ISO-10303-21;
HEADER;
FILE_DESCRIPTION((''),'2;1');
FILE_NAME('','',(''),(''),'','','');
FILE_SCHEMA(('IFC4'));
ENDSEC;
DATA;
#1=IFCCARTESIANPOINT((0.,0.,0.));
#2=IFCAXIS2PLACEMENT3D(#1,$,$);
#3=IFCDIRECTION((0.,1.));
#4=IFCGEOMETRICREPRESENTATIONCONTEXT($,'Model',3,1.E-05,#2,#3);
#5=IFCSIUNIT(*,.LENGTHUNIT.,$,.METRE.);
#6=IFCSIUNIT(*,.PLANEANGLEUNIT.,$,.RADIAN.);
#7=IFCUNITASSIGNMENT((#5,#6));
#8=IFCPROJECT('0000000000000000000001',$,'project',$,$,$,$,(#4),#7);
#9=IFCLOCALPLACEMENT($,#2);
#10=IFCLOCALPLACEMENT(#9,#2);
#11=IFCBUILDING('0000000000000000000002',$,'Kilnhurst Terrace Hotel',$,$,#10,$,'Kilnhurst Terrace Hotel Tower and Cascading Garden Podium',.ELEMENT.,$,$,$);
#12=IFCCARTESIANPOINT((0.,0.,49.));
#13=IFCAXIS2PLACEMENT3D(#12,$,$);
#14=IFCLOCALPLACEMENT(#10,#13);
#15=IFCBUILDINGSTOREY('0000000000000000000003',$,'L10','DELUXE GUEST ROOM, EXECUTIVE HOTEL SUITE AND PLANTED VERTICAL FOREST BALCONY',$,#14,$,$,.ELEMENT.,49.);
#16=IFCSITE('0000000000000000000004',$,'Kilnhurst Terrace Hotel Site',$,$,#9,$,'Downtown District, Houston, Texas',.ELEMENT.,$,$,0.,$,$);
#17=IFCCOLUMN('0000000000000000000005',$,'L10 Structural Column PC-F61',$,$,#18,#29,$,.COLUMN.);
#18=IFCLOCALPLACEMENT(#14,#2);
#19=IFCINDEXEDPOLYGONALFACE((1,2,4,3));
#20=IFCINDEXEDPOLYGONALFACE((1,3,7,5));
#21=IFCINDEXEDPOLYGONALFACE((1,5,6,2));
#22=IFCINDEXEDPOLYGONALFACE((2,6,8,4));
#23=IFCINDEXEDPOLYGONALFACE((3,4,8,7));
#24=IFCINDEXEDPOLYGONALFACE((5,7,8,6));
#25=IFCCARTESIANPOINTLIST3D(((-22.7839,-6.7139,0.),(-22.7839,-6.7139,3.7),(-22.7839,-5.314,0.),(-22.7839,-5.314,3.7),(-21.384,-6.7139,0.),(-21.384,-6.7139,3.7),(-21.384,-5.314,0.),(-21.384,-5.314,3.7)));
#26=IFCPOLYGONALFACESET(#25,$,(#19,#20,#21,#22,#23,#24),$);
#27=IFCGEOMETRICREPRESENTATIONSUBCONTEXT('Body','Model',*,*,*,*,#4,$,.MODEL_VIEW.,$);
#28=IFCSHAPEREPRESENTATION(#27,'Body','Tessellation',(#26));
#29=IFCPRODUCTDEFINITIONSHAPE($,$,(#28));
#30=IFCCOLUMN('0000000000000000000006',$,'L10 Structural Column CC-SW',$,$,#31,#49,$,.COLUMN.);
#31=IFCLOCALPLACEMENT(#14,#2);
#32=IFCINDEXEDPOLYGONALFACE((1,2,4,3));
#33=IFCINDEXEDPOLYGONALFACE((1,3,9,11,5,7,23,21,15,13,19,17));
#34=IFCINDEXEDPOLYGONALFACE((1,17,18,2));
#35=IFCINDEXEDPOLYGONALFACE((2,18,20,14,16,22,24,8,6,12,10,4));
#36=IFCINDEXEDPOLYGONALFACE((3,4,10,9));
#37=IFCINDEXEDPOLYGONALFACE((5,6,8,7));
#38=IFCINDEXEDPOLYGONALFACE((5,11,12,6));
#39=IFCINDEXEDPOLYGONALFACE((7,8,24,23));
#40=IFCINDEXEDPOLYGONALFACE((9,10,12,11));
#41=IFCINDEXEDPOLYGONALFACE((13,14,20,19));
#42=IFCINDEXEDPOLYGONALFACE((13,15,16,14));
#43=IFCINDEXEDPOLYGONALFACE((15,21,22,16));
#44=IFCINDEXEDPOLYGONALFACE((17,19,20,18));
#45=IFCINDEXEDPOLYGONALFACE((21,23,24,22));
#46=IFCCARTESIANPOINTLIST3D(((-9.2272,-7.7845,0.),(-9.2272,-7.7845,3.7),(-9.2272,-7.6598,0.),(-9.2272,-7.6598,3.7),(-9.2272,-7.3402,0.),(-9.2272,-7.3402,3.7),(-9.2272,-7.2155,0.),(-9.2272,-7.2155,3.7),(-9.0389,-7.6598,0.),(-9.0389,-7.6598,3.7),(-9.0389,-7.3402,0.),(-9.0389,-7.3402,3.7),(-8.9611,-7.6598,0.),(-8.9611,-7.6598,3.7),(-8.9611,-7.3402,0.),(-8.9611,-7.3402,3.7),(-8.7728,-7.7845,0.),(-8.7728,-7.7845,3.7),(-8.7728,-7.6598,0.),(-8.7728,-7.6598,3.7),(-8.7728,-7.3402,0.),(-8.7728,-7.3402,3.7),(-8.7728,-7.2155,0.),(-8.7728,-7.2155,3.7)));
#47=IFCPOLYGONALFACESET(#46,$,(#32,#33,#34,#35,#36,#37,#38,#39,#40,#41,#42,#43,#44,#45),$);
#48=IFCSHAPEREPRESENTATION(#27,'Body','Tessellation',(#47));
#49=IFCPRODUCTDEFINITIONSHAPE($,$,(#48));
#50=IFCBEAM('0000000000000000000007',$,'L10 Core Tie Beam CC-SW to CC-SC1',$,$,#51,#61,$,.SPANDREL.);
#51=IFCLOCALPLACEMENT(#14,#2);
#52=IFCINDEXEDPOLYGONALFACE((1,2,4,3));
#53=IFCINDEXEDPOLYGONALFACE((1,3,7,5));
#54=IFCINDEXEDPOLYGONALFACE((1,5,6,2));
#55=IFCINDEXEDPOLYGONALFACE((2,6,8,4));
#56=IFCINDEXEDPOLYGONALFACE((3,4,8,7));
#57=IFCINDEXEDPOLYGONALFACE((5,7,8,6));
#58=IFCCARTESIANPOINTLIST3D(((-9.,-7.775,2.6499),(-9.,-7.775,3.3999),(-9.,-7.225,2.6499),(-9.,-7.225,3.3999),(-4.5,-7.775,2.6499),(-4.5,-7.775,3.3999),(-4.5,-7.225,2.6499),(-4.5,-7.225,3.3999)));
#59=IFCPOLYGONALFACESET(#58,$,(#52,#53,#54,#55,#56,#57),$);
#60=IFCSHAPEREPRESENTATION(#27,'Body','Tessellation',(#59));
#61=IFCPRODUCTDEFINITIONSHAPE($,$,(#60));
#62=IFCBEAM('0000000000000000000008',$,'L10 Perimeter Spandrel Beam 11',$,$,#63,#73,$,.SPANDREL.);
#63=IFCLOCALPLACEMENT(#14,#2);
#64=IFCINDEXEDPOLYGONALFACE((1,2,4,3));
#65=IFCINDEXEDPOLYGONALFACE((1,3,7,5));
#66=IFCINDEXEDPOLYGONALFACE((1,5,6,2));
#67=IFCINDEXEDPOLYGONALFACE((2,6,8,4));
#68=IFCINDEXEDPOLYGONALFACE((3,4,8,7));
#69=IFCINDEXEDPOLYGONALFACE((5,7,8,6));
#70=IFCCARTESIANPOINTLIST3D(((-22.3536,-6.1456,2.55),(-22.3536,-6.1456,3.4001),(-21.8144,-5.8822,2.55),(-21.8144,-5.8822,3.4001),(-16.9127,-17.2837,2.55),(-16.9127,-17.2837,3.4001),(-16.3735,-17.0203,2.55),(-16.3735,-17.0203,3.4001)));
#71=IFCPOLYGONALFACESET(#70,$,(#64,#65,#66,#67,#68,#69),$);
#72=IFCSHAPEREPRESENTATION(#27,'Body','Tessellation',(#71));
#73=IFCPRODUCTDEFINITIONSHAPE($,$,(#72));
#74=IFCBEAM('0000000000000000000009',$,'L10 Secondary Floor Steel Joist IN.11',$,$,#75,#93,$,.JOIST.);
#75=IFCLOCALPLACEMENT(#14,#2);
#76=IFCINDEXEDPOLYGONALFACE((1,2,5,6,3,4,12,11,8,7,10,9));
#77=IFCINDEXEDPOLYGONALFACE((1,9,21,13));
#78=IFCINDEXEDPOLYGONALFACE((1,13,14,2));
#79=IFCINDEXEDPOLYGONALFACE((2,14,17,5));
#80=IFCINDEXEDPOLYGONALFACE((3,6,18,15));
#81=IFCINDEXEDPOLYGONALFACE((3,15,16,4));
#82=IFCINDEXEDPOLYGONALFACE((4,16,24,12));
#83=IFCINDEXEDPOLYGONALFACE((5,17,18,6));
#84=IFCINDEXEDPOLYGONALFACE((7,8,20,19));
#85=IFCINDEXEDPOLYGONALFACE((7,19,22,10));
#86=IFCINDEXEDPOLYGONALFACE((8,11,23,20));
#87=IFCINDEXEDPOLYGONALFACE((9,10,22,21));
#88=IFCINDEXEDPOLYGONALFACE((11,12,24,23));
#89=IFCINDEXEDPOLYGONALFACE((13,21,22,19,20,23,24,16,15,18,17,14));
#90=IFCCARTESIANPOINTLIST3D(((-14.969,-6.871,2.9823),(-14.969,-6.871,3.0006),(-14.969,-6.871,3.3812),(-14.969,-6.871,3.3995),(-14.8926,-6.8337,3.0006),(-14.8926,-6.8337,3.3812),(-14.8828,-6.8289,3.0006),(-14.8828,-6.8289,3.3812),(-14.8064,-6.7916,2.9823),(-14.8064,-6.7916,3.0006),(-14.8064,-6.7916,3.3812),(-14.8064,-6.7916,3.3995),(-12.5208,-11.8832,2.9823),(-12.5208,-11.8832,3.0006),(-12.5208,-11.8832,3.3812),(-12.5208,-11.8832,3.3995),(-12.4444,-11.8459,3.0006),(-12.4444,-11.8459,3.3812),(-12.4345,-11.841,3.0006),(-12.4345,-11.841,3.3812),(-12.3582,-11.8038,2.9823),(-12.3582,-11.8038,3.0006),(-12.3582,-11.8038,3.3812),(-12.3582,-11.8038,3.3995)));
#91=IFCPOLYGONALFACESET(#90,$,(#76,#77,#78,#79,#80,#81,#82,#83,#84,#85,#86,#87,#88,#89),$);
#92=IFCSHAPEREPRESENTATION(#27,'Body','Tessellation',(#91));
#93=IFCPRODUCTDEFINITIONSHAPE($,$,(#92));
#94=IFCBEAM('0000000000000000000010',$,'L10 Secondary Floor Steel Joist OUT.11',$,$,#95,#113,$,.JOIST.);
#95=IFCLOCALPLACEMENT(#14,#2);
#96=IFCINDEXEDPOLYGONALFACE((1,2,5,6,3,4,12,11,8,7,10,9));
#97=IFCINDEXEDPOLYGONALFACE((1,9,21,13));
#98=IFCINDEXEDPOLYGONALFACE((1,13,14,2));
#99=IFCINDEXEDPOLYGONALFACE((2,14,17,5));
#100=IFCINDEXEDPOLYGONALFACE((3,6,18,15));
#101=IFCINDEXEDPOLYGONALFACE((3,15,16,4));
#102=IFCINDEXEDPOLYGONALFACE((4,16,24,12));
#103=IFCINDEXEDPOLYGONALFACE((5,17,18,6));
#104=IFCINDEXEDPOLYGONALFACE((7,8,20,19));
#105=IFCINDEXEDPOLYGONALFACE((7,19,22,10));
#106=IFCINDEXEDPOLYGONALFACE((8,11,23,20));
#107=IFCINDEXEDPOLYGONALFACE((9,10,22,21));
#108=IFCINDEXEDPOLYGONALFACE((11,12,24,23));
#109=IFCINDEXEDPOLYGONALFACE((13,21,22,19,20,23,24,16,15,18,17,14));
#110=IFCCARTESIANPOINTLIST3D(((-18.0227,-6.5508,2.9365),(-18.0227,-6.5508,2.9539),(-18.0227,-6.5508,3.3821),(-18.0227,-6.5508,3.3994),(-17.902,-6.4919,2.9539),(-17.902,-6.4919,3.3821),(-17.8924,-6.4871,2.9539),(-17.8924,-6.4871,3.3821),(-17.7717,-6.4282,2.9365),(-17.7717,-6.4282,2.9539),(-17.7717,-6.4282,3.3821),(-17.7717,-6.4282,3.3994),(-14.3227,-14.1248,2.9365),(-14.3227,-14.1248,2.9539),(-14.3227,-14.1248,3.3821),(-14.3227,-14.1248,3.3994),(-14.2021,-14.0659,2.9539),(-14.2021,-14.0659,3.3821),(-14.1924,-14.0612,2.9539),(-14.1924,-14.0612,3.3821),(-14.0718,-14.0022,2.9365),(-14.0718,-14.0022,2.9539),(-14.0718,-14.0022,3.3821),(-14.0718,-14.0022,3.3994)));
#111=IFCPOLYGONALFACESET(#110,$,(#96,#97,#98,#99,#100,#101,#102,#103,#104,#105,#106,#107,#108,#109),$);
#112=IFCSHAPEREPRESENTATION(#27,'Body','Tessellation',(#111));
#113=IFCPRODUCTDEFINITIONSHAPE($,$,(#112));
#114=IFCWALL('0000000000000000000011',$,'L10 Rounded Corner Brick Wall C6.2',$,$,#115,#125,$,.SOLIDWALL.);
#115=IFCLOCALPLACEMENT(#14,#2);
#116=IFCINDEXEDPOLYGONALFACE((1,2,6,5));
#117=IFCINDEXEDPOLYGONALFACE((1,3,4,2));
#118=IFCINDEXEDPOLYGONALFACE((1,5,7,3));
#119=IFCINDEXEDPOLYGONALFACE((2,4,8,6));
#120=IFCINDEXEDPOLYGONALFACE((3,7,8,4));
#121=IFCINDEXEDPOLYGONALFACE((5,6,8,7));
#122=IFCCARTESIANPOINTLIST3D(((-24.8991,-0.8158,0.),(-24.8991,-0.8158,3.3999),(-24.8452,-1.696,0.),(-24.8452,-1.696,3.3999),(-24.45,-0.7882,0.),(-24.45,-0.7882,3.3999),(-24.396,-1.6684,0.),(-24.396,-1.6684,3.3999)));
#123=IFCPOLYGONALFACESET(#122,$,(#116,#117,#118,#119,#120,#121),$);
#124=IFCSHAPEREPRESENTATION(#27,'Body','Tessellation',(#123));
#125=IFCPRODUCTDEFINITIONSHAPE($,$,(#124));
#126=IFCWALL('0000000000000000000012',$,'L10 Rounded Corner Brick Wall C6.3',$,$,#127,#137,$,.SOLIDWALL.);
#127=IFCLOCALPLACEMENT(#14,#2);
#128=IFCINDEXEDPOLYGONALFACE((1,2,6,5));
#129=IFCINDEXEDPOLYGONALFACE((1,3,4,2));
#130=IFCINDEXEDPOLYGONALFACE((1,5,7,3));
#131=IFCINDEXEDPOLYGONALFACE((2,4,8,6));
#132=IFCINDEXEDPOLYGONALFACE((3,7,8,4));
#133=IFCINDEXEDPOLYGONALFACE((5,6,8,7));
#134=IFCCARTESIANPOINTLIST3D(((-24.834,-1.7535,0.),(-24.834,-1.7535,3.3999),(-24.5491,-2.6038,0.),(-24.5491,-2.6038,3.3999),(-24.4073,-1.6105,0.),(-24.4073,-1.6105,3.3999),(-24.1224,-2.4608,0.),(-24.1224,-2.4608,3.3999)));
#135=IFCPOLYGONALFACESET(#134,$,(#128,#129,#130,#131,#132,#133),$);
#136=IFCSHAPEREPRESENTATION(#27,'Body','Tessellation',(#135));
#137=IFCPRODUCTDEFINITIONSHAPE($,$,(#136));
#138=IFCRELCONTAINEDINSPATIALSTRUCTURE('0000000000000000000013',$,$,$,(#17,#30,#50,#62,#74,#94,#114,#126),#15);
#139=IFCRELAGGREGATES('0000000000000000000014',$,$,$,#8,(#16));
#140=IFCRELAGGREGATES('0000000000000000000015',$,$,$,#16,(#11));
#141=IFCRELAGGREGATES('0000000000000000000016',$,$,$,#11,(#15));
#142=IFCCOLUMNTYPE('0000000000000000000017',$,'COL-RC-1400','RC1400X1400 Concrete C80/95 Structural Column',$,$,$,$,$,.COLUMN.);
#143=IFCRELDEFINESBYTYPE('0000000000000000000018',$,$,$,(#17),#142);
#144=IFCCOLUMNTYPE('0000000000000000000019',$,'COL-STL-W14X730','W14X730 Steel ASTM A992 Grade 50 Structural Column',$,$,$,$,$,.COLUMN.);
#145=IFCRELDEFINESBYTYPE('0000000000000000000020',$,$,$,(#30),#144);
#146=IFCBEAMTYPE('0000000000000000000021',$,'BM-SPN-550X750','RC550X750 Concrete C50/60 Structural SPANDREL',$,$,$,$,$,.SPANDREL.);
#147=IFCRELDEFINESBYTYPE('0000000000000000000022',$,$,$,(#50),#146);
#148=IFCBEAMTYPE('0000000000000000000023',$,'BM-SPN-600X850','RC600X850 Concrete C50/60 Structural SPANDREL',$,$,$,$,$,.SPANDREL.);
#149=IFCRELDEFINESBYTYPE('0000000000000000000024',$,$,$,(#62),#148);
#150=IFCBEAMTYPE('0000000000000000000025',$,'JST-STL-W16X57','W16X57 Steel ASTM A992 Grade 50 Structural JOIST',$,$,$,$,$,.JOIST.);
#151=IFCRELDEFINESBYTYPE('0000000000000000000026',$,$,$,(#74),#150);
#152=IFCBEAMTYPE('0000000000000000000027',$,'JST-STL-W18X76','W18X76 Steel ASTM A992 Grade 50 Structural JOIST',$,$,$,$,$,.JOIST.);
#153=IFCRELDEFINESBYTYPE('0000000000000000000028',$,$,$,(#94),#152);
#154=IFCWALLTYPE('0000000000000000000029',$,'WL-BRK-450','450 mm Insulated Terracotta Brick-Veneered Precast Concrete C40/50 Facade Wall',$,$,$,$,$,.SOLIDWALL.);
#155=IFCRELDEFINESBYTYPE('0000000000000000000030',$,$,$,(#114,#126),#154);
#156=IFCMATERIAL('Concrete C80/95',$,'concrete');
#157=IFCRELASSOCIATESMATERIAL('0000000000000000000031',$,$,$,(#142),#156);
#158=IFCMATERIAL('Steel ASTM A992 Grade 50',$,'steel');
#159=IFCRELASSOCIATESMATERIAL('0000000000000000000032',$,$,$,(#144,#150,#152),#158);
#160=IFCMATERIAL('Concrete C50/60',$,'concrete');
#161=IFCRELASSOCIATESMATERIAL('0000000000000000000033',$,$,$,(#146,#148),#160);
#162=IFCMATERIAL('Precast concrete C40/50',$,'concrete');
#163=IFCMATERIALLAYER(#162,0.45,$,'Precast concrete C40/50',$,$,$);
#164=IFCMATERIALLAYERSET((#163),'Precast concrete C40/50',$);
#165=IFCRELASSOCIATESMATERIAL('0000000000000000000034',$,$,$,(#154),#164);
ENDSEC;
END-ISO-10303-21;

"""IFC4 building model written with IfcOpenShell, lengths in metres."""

from ifc_helpers import new_model, si_unit, direction, frame, frame_2d, origin, origin_2d, place, context, subcontext, project, spatial, rectangle, i_section, extrude, material, layer, layer_set, material_profile, profile_set, type_object, element, save


model = new_model("IFC4")

# Units and contexts
model_context = context("Model", 3, precision=1e-05, world=origin(), true_north=direction((0.0, 1.0)))
body_context = subcontext(model_context, "Body", "Model", "MODEL_VIEW")
ifc_project = project(units=[si_unit("LENGTHUNIT", "METRE"), si_unit("PLANEANGLEUNIT", "RADIAN")], contexts=[model_context])

# Site, building, storey
site_placement = place(None, origin())
site = spatial("IfcSite", under=ifc_project, at=site_placement, Name="Kilnhurst Terrace Hotel Site", LongName="Downtown District, Houston, Texas", CompositionType="ELEMENT", RefElevation=0.0)
building_placement = place(site_placement, origin())
building = spatial("IfcBuilding", under=site, at=building_placement, Name="Kilnhurst Terrace Hotel", LongName="Kilnhurst Terrace Hotel Tower and Cascading Garden Podium", CompositionType="ELEMENT")
storey_placement = place(building_placement, frame((0.0, 0.0, 49.0)))
storey = spatial("IfcBuildingStorey", under=building, at=storey_placement, Name="L10", Description="DELUXE GUEST ROOM, EXECUTIVE HOTEL SUITE AND PLANTED VERTICAL FOREST BALCONY", CompositionType="ELEMENT", Elevation=49.0)

# Columns
ifc_material_1 = material(Name="Concrete C80/95", Category="concrete")
ifc_material_profile_1 = material_profile(ifc_material_1, rectangle(XDim=1.3999, YDim=1.3999, at=origin_2d()), Name="RC1400X1400")
ifc_profile_set_1 = profile_set([ifc_material_profile_1], Name="Concrete C80/95")
column_type_1 = type_object("IfcColumnType", Name="COL-RC-1400", Description="RC1400X1400 Concrete C80/95 Structural Column", PredefinedType="COLUMN", material=ifc_profile_set_1)
column_1_placement = place(storey_placement, frame((-22.084, -6.0139, 0.0), z_axis=(0.0, 0.0, 1.0), x_axis=(1.0, 0.0, 0.0)))
element("IfcColumn", 1, at=column_1_placement, inside=storey, type_object=column_type_1, Name="L10 Structural Column PC-F61", PredefinedType="COLUMN", context=body_context, shape_type="SweptSolid", body=[
    extrude(rectangle(XDim=1.3999, YDim=1.3999, at=origin_2d()), origin(), (0.0, 0.0, 1.0), 3.7),
])
ifc_material_2 = material(Name="Steel ASTM A992 Grade 50", Category="steel")
ifc_material_profile_2 = material_profile(ifc_material_2, i_section(OverallWidth=0.4543, OverallDepth=0.5691, WebThickness=0.0779, FlangeThickness=0.1248, at=origin_2d()), Name="W14X730")
ifc_profile_set_2 = profile_set([ifc_material_profile_2], Name="Steel ASTM A992 Grade 50")
column_type_2 = type_object("IfcColumnType", Name="COL-STL-W14X730", Description="W14X730 Steel ASTM A992 Grade 50 Structural Column", PredefinedType="COLUMN", material=ifc_profile_set_2)
column_2_placement = place(storey_placement, frame((-9.0, -7.5, 0.0), z_axis=(0.0, 0.0, 1.0), x_axis=(1.0, 0.0, 0.0)))
element("IfcColumn", 2, at=column_2_placement, inside=storey, type_object=column_type_2, Name="L10 Structural Column CC-SW", PredefinedType="COLUMN", context=body_context, shape_type="SweptSolid", body=[
    extrude(i_section(OverallWidth=0.4543, OverallDepth=0.5691, WebThickness=0.0779, FlangeThickness=0.1248, at=origin_2d()), origin(), (0.0, 0.0, 1.0), 3.7),
])

# Beams
ifc_material_3 = material(Name="Concrete C50/60", Category="concrete")
ifc_material_profile_3 = material_profile(ifc_material_3, rectangle(XDim=0.55, YDim=0.75, at=origin_2d()), Name="RC550X750")
ifc_profile_set_3 = profile_set([ifc_material_profile_3], Name="Concrete C50/60")
beam_type_1 = type_object("IfcBeamType", Name="BM-SPN-550X750", Description="RC550X750 Concrete C50/60 Structural SPANDREL", PredefinedType="SPANDREL", material=ifc_profile_set_3)
beam_1_placement = place(storey_placement, frame((-9.0, -7.5, 3.0249), z_axis=(1.0, 0.0, 0.0), x_axis=(0.0, 1.0, 0.0)))
element("IfcBeam", 3, at=beam_1_placement, inside=storey, type_object=beam_type_1, Name="L10 Core Tie Beam CC-SW to CC-SC1", PredefinedType="SPANDREL", context=body_context, shape_type="SweptSolid", body=[
    extrude(rectangle(XDim=0.55, YDim=0.75, at=origin_2d()), origin(), (0.0, 0.0, 1.0), 4.5),
])
ifc_material_profile_4 = material_profile(ifc_material_3, rectangle(XDim=0.6001, YDim=0.8501, at=origin_2d()), Name="RC600X850")
ifc_profile_set_4 = profile_set([ifc_material_profile_4], Name="Concrete C50/60")
beam_type_2 = type_object("IfcBeamType", Name="BM-SPN-600X850", Description="RC600X850 Concrete C50/60 Structural SPANDREL", PredefinedType="SPANDREL", material=ifc_profile_set_4)
beam_2_placement = place(storey_placement, frame((-22.084, -6.0139, 2.9751), z_axis=(0.438923, -0.898525, 0.0), x_axis=(0.898525, 0.438923, 0.0)))
element("IfcBeam", 4, at=beam_2_placement, inside=storey, type_object=beam_type_2, Name="L10 Perimeter Spandrel Beam 11", PredefinedType="SPANDREL", context=body_context, shape_type="SweptSolid", body=[
    extrude(rectangle(XDim=0.6001, YDim=0.8501, at=origin_2d()), origin(), (0.0, 0.0, 1.0), 12.396),
])
ifc_material_profile_5 = material_profile(ifc_material_2, i_section(OverallWidth=0.1809, OverallDepth=0.4172, WebThickness=0.011, FlangeThickness=0.0183, at=origin_2d()), Name="W16X57")
ifc_profile_set_5 = profile_set([ifc_material_profile_5], Name="Steel ASTM A992 Grade 50")
beam_type_3 = type_object("IfcBeamType", Name="JST-STL-W16X57", Description="W16X57 Steel ASTM A992 Grade 50 Structural JOIST", PredefinedType="JOIST", material=ifc_profile_set_5)
beam_3_placement = place(storey_placement, frame((-14.8877, -6.8313, 3.1909), z_axis=(0.438896, -0.898538, 0.0), x_axis=(0.898538, 0.438896, 0.0)))
element("IfcBeam", 5, at=beam_3_placement, inside=storey, type_object=beam_type_3, Name="L10 Secondary Floor Steel Joist IN.11", PredefinedType="JOIST", context=body_context, shape_type="SweptSolid", body=[
    extrude(i_section(OverallWidth=0.1809, OverallDepth=0.4172, WebThickness=0.011, FlangeThickness=0.0183, at=origin_2d()), origin(), (0.0, 0.0, 1.0), 5.5781),
])
ifc_material_profile_6 = material_profile(ifc_material_2, i_section(OverallWidth=0.2793, OverallDepth=0.4629, WebThickness=0.0107, FlangeThickness=0.0173, at=origin_2d()), Name="W18X76")
ifc_profile_set_6 = profile_set([ifc_material_profile_6], Name="Steel ASTM A992 Grade 50")
beam_type_4 = type_object("IfcBeamType", Name="JST-STL-W18X76", Description="W18X76 Steel ASTM A992 Grade 50 Structural JOIST", PredefinedType="JOIST", material=ifc_profile_set_6)
beam_4_placement = place(storey_placement, frame((-17.8972, -6.4895, 3.168), z_axis=(0.438934, -0.898519, 0.0), x_axis=(0.898519, 0.438934, 0.0)))
element("IfcBeam", 6, at=beam_4_placement, inside=storey, type_object=beam_type_4, Name="L10 Secondary Floor Steel Joist OUT.11", PredefinedType="JOIST", context=body_context, shape_type="SweptSolid", body=[
    extrude(i_section(OverallWidth=0.2793, OverallDepth=0.4629, WebThickness=0.0107, FlangeThickness=0.0173, at=origin_2d()), origin(), (0.0, 0.0, 1.0), 8.4294),
])

# Walls
ifc_material_4 = material(Name="Precast concrete C40/50", Category="concrete")
ifc_layer_1 = layer(ifc_material_4, 0.45, Name="Precast concrete C40/50")
ifc_layer_set_1 = layer_set([ifc_layer_1], Name="Precast concrete C40/50")
wall_type_1 = type_object("IfcWallType", Name="WL-BRK-450", Description="450 mm Insulated Terracotta Brick-Veneered Precast Concrete C40/50 Facade Wall", PredefinedType="SOLIDWALL", material=ifc_layer_set_1)
wall_1_placement = place(storey_placement, frame((-24.6746, -0.802, 0.0), z_axis=(0.0, 0.0, 1.0), x_axis=(0.061189, -0.998126, 0.0)))
element("IfcWall", 7, at=wall_1_placement, inside=storey, type_object=wall_type_1, Name="L10 Rounded Corner Brick Wall C6.2", PredefinedType="SOLIDWALL", context=body_context, shape_type="SweptSolid", body=[
    extrude(rectangle(XDim=0.8818, YDim=0.45, at=frame_2d((0.4409, 0.0))), origin(), (0.0, 0.0, 1.0), 3.3999),
])
wall_2_placement = place(storey_placement, frame((-24.6206, -1.6821, 0.0), z_axis=(0.0, 0.0, 1.0), x_axis=(0.317697, -0.948192, 0.0)))
element("IfcWall", 8, at=wall_2_placement, inside=storey, type_object=wall_type_1, Name="L10 Rounded Corner Brick Wall C6.3", PredefinedType="SOLIDWALL", context=body_context, shape_type="SweptSolid", body=[
    extrude(rectangle(XDim=0.8967, YDim=0.45, at=frame_2d((0.4482, 0.0))), origin(), (0.0, 0.0, 1.0), 3.3999),
])

save(model, "model.ifc")
